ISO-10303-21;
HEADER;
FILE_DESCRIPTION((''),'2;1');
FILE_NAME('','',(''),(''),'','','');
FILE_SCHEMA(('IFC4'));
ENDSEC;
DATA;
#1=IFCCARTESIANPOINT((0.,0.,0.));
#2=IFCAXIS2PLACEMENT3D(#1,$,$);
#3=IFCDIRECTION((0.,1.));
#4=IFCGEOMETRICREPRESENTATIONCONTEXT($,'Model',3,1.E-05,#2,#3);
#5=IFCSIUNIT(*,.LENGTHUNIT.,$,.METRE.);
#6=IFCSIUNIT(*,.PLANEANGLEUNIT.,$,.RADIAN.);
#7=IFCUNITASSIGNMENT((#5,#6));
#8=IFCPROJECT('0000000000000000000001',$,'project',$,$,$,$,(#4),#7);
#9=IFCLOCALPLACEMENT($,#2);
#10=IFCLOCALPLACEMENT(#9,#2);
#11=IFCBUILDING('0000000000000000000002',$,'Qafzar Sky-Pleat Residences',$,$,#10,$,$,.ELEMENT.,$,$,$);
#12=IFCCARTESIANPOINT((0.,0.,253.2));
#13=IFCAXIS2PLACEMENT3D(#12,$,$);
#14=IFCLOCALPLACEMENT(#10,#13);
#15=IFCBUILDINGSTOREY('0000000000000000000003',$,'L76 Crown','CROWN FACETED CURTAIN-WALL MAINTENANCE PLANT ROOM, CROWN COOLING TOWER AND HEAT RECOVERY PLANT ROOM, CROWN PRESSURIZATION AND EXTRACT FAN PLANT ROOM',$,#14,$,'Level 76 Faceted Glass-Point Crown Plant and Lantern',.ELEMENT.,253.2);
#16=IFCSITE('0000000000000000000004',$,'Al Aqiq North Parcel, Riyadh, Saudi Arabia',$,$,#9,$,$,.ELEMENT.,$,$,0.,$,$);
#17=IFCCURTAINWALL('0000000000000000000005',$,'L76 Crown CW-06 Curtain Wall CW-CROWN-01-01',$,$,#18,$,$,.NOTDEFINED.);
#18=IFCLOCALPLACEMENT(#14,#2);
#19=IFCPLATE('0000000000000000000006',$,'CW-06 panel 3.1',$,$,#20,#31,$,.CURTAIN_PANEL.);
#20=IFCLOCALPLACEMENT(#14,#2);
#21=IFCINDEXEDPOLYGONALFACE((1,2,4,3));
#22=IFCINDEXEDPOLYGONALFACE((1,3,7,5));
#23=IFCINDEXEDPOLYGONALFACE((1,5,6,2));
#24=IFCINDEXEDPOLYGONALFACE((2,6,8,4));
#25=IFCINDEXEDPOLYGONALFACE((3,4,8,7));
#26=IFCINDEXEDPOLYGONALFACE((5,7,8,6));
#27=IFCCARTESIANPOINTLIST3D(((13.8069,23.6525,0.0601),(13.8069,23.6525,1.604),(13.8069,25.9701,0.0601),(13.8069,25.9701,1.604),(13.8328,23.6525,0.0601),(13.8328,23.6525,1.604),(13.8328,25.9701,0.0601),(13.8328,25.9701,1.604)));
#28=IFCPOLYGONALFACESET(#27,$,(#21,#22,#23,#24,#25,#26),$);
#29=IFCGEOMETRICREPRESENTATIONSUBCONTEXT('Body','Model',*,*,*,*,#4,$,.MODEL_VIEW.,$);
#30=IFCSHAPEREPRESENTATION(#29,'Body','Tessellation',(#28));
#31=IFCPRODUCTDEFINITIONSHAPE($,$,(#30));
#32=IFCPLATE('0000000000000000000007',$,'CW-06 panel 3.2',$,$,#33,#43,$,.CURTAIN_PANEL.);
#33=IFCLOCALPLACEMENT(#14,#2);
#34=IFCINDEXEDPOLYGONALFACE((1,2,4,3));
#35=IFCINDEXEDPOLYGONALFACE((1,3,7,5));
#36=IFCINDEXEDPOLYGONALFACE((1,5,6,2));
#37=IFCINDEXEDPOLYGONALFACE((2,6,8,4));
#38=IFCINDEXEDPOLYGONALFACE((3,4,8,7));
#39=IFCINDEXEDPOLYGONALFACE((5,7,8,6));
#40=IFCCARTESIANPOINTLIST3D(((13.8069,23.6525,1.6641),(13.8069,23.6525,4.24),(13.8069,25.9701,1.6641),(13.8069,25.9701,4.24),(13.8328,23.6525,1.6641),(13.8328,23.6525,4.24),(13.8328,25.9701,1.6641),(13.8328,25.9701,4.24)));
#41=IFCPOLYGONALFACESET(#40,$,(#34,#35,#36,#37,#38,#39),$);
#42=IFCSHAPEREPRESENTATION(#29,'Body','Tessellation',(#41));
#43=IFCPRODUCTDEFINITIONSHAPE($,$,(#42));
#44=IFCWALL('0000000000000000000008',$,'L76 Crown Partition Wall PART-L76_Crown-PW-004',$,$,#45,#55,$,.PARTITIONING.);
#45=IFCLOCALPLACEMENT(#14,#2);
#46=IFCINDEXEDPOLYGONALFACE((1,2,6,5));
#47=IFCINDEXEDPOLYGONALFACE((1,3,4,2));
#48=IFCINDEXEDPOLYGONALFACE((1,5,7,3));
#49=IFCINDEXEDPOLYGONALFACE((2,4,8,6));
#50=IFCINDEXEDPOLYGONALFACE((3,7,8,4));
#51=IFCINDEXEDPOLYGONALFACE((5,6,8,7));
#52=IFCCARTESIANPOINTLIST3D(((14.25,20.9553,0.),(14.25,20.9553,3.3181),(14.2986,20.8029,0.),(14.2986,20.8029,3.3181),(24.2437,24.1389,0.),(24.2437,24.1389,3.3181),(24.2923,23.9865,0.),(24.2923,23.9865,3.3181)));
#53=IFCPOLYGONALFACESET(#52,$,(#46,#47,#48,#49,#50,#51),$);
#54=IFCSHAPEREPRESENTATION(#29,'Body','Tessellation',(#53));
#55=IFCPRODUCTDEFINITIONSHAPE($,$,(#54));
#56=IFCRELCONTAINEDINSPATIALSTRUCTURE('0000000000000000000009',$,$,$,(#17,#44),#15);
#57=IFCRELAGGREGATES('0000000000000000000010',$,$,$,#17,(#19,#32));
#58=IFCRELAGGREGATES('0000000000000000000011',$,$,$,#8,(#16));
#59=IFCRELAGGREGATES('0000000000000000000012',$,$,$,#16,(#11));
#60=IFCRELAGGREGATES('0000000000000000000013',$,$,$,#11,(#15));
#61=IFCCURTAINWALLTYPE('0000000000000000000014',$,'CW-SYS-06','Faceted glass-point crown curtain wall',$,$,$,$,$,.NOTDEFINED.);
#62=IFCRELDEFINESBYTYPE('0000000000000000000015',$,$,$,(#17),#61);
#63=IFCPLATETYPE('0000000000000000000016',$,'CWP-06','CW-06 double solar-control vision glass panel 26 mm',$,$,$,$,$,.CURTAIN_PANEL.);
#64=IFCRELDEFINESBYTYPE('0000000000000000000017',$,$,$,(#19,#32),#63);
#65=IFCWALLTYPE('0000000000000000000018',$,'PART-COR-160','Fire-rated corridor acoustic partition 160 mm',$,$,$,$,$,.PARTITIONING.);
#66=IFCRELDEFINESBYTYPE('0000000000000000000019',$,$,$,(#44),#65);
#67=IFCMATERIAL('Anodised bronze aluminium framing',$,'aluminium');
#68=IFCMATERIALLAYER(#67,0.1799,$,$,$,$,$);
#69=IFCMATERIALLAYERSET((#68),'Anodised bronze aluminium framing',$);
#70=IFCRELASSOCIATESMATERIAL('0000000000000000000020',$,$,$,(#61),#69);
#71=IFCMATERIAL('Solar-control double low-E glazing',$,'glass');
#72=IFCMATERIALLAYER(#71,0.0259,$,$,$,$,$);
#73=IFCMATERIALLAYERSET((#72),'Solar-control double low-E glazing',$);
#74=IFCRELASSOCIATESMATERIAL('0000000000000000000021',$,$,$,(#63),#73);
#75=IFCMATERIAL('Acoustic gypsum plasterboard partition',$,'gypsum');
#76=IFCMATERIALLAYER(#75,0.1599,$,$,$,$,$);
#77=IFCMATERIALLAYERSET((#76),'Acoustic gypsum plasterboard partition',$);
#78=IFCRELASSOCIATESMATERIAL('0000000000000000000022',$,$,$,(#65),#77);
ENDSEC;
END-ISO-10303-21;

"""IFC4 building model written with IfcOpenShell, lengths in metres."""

from ifc_helpers import new_model, si_unit, direction, frame, frame_2d, origin, origin_2d, place, context, subcontext, project, spatial, rectangle, extrude, source, transform, mapped, material, layer, layer_set, type_object, element, aggregate, save


model = new_model("IFC4")

# Units and contexts
model_context = context("Model", 3, precision=1e-05, world=origin(), true_north=direction((0.0, 1.0)))
body_context = subcontext(model_context, "Body", "Model", "MODEL_VIEW")
ifc_project = project(units=[si_unit("LENGTHUNIT", "METRE"), si_unit("PLANEANGLEUNIT", "RADIAN")], contexts=[model_context])

# Site, building, storey
site_placement = place(None, origin())
site = spatial("IfcSite", under=ifc_project, at=site_placement, Name="Al Aqiq North Parcel, Riyadh, Saudi Arabia", CompositionType="ELEMENT", RefElevation=0.0)
building_placement = place(site_placement, origin())
building = spatial("IfcBuilding", under=site, at=building_placement, Name="Qafzar Sky-Pleat Residences", CompositionType="ELEMENT")
storey_placement = place(building_placement, frame((0.0, 0.0, 253.2)))
storey = spatial("IfcBuildingStorey", under=building, at=storey_placement, Name="L76 Crown", Description="CROWN FACETED CURTAIN-WALL MAINTENANCE PLANT ROOM, CROWN COOLING TOWER AND HEAT RECOVERY PLANT ROOM, CROWN PRESSURIZATION AND EXTRACT FAN PLANT ROOM", LongName="Level 76 Faceted Glass-Point Crown Plant and Lantern", CompositionType="ELEMENT", Elevation=253.2)

# Curtain wall
ifc_material_1 = material(Name="Anodised bronze aluminium framing", Category="aluminium")
ifc_layer_1 = layer(ifc_material_1, 0.1799)
ifc_layer_set_1 = layer_set([ifc_layer_1], Name="Anodised bronze aluminium framing")
curtain_wall_type = type_object("IfcCurtainWallType", Name="CW-SYS-06", Description="Faceted glass-point crown curtain wall", PredefinedType="NOTDEFINED", material=ifc_layer_set_1)
curtain_wall_1_placement = place(storey_placement, origin())
curtain_wall_1 = element("IfcCurtainWall", 1, at=curtain_wall_1_placement, inside=storey, type_object=curtain_wall_type, Name="L76 Crown CW-06 Curtain Wall CW-CROWN-01-01", PredefinedType="NOTDEFINED")

# Plates
ifc_material_2 = material(Name="Solar-control double low-E glazing", Category="glass")
ifc_layer_2 = layer(ifc_material_2, 0.0259)
ifc_layer_set_2 = layer_set([ifc_layer_2], Name="Solar-control double low-E glazing")
plate_type_1 = type_object("IfcPlateType", Name="CWP-06", Description="CW-06 double solar-control vision glass panel 26 mm", PredefinedType="CURTAIN_PANEL", material=ifc_layer_set_2)
shared_shape_1 = source(origin(), body_context, "Body", "SweptSolid", [
    extrude(rectangle(XDim=2.3176, YDim=0.0259, at=origin_2d()), origin(), (0.0, 0.0, 1.0), 1.5439),
])
plate_1_placement = place(storey_placement, frame((13.8198, 24.8113, 0.0601), z_axis=(0.0, 0.0, 1.0), x_axis=(0.0, -1.0, 0.0)))
plate_1 = element("IfcPlate", 2, at=plate_1_placement, type_object=plate_type_1, Name="CW-06 panel 3.1", PredefinedType="CURTAIN_PANEL", context=body_context, shape_type="MappedRepresentation", body=[
    mapped(shared_shape_1, transform((0.0, 0.0, 0.0), x_axis=(1.0, 0.0, 0.0), y_axis=(0.0, 1.0, 0.0), z_axis=(0.0, 0.0, 1.0), scale=1.0)),
])
shared_shape_2 = source(origin(), body_context, "Body", "SweptSolid", [
    extrude(rectangle(XDim=2.3176, YDim=0.0259, at=origin_2d()), origin(), (0.0, 0.0, 1.0), 2.5759),
])
plate_2_placement = place(storey_placement, frame((13.8198, 24.8113, 1.6641), z_axis=(0.0, 0.0, 1.0), x_axis=(0.0, -1.0, 0.0)))
plate_2 = element("IfcPlate", 3, at=plate_2_placement, type_object=plate_type_1, Name="CW-06 panel 3.2", PredefinedType="CURTAIN_PANEL", context=body_context, shape_type="MappedRepresentation", body=[
    mapped(shared_shape_2, transform((0.0, 0.0, 0.0), x_axis=(1.0, 0.0, 0.0), y_axis=(0.0, 1.0, 0.0), z_axis=(0.0, 0.0, 1.0), scale=1.0)),
])
aggregate(curtain_wall_1, [plate_1, plate_2])

# Wall
ifc_material_3 = material(Name="Acoustic gypsum plasterboard partition", Category="gypsum")
ifc_layer_3 = layer(ifc_material_3, 0.1599)
ifc_layer_set_3 = layer_set([ifc_layer_3], Name="Acoustic gypsum plasterboard partition")
wall_type = type_object("IfcWallType", Name="PART-COR-160", Description="Fire-rated corridor acoustic partition 160 mm", PredefinedType="PARTITIONING", material=ifc_layer_set_3)
wall_placement = place(storey_placement, frame((14.2744, 20.8792, 0.0), z_axis=(0.0, 0.0, 1.0), x_axis=(0.952821, 0.303532, 0.0)))
element("IfcWall", 4, at=wall_placement, inside=storey, type_object=wall_type, Name="L76 Crown Partition Wall PART-L76_Crown-PW-004", PredefinedType="PARTITIONING", context=body_context, shape_type="SweptSolid", body=[
    extrude(rectangle(XDim=10.4885, YDim=0.1599, at=frame_2d((5.2441, 0.0))), origin(), (0.0, 0.0, 1.0), 3.3181),
])

save(model, "model.ifc")
